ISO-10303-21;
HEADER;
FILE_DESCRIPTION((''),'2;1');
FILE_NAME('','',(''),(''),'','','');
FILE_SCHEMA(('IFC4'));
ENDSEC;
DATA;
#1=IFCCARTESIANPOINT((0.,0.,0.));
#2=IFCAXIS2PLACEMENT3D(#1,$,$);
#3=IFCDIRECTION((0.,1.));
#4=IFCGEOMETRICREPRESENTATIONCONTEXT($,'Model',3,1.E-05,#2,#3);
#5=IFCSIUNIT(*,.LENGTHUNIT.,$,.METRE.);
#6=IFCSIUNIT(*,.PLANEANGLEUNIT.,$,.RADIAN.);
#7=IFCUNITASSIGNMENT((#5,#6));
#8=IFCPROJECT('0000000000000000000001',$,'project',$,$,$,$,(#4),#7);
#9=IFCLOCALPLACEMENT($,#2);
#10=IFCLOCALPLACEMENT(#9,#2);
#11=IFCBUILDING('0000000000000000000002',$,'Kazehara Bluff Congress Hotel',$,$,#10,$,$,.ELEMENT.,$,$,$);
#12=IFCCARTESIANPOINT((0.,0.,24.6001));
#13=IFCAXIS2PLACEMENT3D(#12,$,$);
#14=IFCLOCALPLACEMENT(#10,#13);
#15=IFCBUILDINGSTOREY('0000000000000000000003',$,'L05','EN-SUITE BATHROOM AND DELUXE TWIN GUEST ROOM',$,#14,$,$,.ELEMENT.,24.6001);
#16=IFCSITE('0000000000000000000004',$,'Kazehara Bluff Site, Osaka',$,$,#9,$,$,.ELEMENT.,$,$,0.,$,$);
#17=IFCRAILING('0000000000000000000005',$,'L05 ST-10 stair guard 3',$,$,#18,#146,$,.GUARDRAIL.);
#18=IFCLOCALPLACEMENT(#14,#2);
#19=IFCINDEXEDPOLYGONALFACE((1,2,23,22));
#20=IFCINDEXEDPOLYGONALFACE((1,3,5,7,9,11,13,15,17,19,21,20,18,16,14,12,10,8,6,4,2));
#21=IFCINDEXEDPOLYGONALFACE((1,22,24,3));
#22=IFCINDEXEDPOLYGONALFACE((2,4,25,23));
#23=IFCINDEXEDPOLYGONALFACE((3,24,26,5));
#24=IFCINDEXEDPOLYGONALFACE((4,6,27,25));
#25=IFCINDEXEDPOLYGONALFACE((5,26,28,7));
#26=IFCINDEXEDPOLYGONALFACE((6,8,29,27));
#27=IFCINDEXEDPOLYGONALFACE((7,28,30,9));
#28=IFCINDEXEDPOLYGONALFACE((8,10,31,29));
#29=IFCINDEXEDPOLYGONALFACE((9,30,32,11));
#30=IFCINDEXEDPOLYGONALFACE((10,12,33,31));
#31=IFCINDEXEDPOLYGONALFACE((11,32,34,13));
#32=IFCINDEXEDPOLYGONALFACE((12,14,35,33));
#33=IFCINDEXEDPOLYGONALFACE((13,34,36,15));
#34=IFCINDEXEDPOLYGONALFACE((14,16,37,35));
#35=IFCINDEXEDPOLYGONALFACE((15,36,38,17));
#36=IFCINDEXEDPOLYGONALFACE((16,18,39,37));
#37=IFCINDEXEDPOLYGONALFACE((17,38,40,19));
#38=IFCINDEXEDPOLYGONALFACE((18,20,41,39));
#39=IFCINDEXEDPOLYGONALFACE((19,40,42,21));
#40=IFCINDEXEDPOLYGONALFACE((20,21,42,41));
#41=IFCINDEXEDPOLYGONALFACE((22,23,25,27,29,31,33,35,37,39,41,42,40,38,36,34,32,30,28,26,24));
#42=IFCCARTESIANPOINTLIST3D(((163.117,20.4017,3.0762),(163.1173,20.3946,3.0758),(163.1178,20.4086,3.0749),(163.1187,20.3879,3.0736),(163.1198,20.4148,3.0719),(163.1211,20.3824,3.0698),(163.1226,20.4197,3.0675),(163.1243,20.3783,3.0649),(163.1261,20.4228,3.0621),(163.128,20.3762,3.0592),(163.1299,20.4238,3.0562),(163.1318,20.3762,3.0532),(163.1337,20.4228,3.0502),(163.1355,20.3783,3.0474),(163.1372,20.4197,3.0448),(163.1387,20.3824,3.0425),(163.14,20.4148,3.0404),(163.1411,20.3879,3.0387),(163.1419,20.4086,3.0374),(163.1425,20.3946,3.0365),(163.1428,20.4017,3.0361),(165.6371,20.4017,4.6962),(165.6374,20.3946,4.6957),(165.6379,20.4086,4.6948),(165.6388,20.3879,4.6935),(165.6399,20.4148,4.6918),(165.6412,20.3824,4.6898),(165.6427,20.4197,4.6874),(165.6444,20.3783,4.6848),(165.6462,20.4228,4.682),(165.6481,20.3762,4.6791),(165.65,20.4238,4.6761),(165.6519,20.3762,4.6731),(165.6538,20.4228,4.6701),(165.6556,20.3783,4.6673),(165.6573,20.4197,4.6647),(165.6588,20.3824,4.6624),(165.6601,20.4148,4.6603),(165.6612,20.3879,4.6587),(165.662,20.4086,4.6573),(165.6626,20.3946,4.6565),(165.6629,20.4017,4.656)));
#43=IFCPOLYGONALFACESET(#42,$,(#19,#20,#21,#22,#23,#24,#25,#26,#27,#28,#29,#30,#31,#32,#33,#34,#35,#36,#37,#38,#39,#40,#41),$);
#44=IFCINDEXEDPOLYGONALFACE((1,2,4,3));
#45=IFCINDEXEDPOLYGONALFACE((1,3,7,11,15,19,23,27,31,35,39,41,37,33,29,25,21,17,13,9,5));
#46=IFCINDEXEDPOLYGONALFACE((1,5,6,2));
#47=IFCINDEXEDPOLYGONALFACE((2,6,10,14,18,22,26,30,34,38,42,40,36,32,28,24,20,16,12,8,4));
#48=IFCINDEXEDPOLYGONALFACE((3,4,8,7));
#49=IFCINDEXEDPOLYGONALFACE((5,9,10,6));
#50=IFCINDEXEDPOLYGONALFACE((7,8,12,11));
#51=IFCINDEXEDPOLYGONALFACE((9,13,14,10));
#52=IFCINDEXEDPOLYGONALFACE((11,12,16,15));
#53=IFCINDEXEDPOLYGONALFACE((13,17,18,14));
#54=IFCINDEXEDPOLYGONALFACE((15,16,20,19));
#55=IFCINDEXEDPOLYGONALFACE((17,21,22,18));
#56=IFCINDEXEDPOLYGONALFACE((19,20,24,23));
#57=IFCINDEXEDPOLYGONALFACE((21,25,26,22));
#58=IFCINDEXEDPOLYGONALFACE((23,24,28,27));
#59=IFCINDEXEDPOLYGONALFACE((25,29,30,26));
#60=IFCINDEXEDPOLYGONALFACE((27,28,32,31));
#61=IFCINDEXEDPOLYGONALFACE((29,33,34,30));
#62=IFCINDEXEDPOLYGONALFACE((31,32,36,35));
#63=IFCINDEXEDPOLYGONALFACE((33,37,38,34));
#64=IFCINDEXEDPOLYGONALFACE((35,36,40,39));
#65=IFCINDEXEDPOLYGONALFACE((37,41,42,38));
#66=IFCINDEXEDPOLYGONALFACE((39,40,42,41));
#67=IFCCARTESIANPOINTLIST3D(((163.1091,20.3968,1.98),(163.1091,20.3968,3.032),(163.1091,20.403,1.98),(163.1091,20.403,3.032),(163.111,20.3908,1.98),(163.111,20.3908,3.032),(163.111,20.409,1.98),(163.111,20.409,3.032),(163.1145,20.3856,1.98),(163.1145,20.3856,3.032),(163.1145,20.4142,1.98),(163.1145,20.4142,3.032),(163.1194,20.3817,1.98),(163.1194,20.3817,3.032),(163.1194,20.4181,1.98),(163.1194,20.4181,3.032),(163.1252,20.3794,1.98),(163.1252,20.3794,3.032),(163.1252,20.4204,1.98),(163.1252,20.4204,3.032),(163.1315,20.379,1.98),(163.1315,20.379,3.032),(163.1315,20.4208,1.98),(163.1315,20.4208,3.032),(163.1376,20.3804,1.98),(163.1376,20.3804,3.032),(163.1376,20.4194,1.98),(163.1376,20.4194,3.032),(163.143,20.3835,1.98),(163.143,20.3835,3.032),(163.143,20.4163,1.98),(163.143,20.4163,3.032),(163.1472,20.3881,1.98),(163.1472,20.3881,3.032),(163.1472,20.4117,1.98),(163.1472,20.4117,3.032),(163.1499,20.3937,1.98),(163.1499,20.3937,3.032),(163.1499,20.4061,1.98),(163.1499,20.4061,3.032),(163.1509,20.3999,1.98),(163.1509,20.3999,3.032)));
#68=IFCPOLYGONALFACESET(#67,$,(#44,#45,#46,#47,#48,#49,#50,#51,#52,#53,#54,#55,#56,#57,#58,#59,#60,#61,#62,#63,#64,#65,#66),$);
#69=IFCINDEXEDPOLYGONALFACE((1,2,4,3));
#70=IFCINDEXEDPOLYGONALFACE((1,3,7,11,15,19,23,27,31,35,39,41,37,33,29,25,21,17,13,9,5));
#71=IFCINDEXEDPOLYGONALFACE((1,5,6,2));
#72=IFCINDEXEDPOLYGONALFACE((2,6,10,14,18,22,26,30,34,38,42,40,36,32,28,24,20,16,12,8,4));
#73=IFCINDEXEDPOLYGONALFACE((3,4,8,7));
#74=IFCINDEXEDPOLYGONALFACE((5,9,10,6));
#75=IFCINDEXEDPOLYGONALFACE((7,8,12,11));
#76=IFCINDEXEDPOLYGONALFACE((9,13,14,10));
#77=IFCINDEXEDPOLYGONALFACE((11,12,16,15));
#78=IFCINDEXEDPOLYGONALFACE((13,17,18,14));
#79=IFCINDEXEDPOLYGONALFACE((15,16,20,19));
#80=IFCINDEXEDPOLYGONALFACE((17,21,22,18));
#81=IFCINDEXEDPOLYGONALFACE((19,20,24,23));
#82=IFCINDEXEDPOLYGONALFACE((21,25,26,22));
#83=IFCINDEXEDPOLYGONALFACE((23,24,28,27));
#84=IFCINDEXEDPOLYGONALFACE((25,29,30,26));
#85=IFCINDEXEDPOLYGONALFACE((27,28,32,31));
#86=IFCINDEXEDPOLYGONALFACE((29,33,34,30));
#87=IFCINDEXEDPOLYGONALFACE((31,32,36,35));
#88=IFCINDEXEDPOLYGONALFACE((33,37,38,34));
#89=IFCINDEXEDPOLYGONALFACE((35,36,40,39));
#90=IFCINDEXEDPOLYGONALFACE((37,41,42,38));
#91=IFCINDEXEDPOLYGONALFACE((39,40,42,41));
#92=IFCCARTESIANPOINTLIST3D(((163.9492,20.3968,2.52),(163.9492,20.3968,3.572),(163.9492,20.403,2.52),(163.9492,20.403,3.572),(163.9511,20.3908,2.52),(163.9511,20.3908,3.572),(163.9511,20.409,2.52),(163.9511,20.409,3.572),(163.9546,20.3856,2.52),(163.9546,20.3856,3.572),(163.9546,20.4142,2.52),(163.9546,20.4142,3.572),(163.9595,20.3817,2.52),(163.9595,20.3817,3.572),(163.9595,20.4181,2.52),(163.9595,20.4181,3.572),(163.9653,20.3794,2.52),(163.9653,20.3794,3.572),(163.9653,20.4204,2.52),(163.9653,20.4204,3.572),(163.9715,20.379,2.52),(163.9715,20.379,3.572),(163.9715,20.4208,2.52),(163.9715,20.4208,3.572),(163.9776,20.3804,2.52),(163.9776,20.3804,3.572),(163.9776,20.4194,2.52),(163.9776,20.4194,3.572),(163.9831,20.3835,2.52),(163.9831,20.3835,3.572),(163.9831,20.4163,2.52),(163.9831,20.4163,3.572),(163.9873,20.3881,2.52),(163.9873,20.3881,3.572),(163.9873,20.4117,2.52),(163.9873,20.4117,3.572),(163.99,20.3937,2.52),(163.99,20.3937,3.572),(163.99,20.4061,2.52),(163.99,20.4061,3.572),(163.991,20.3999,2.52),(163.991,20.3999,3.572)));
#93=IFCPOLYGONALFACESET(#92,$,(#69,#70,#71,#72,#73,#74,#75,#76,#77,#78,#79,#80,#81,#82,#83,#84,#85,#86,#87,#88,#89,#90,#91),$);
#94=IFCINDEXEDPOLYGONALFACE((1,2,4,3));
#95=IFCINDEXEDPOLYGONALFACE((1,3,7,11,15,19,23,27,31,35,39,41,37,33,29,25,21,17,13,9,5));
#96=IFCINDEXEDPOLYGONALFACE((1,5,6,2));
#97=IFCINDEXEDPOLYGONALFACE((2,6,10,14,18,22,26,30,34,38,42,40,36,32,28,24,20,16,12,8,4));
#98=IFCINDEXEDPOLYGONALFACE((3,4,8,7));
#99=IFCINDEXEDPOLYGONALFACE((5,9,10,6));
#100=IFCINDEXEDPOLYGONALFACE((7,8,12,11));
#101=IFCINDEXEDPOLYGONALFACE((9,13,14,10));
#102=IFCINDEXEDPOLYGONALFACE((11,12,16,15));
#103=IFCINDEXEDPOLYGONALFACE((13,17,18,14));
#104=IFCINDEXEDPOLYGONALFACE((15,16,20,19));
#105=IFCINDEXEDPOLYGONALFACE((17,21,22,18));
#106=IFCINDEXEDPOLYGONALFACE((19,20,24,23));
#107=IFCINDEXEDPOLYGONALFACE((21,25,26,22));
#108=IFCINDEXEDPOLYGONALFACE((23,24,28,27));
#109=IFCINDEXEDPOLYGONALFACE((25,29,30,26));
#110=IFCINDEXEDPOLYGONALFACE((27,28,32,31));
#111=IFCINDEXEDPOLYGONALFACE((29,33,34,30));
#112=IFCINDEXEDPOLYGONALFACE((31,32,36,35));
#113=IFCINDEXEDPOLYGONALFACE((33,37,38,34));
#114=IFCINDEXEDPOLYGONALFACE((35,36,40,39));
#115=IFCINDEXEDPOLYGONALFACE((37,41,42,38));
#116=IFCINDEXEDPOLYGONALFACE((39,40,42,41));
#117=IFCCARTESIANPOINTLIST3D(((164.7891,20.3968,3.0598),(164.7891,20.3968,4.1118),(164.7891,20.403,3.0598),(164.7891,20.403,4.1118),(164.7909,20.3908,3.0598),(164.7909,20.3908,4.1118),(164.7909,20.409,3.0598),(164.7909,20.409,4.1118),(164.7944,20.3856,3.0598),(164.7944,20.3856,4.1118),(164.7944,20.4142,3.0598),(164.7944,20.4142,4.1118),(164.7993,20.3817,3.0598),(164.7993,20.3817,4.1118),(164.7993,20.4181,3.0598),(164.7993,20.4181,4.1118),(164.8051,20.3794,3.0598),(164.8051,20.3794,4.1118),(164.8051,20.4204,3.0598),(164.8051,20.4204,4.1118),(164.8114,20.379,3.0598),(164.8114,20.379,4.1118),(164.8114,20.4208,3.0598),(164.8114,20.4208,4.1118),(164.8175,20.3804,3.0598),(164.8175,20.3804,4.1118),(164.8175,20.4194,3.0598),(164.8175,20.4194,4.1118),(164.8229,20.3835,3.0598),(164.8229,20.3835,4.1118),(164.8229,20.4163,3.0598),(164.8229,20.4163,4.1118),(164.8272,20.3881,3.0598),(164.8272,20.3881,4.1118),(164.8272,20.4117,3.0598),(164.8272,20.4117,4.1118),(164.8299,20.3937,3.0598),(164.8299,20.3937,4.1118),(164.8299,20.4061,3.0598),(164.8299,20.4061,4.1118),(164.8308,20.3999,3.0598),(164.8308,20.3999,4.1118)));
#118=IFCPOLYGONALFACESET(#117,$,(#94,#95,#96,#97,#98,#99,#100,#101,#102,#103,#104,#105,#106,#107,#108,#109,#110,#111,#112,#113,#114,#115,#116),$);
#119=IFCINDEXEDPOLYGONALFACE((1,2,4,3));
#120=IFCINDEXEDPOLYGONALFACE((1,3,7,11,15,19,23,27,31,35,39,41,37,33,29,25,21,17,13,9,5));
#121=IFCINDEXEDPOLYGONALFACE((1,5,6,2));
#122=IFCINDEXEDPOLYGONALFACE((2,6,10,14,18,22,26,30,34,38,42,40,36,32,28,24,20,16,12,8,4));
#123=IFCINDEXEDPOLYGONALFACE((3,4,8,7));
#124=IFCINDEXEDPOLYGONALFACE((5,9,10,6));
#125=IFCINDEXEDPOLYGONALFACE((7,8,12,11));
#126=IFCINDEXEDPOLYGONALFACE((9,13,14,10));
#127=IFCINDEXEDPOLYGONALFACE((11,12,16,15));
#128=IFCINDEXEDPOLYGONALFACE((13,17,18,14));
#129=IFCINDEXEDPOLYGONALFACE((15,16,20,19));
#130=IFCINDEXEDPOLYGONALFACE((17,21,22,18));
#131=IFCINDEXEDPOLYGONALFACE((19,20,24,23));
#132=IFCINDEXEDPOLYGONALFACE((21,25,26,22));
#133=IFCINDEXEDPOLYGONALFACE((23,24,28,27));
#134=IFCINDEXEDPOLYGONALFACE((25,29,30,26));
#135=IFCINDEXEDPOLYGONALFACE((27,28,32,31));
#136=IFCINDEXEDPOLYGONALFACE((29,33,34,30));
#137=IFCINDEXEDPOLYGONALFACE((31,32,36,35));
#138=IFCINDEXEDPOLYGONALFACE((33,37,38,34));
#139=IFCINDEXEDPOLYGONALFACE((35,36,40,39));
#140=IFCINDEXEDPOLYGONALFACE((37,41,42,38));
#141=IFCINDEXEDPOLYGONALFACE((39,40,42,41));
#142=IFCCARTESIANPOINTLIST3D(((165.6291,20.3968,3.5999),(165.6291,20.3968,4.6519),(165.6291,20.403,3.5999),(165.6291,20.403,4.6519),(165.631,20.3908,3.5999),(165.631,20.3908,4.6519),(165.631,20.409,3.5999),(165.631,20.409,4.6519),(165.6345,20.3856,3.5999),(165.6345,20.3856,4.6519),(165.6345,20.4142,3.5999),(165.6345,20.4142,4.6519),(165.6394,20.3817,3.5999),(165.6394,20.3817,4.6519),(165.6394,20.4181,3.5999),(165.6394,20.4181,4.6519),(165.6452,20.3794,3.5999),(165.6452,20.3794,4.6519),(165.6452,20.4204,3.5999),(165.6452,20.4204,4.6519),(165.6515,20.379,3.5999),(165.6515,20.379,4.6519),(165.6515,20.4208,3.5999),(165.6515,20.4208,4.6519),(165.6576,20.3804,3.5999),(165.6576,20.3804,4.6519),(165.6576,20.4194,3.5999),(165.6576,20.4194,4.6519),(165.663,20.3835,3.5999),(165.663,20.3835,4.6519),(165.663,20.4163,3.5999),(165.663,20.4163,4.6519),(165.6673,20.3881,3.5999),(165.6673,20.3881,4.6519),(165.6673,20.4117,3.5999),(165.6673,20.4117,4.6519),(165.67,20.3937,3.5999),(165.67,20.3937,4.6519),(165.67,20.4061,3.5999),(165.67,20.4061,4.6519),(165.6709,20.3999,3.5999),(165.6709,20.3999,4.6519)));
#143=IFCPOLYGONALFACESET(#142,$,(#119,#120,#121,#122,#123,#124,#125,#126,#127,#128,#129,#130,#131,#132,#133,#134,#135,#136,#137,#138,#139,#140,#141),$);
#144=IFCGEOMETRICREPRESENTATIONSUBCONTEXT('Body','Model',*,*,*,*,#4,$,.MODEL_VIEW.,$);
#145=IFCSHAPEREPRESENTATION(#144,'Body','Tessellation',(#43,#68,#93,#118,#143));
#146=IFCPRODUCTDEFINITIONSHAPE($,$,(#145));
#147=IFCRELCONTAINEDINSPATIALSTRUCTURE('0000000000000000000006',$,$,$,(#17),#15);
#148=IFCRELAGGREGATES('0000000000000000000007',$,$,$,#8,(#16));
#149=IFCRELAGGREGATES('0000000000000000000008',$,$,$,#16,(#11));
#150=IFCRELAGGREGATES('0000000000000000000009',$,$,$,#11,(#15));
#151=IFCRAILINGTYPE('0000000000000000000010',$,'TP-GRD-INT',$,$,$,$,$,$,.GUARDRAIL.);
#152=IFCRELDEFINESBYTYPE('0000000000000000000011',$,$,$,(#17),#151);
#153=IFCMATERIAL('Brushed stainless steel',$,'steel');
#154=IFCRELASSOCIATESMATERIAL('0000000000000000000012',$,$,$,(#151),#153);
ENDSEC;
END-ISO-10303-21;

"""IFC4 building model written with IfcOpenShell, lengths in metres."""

from ifc_helpers import new_model, si_unit, direction, frame, origin, origin_2d, place, context, subcontext, project, spatial, circle, extrude, material, type_object, element, save


model = new_model("IFC4")

# Units and contexts
model_context = context("Model", 3, precision=1e-05, world=origin(), true_north=direction((0.0, 1.0)))
body_context = subcontext(model_context, "Body", "Model", "MODEL_VIEW")
ifc_project = project(units=[si_unit("LENGTHUNIT", "METRE"), si_unit("PLANEANGLEUNIT", "RADIAN")], contexts=[model_context])

# Site, building, storey
site_placement = place(None, origin())
site = spatial("IfcSite", under=ifc_project, at=site_placement, Name="Kazehara Bluff Site, Osaka", CompositionType="ELEMENT", RefElevation=0.0)
building_placement = place(site_placement, origin())
building = spatial("IfcBuilding", under=site, at=building_placement, Name="Kazehara Bluff Congress Hotel", CompositionType="ELEMENT")
storey_placement = place(building_placement, frame((0.0, 0.0, 24.6001)))
storey = spatial("IfcBuildingStorey", under=building, at=storey_placement, Name="L05", Description="EN-SUITE BATHROOM AND DELUXE TWIN GUEST ROOM", CompositionType="ELEMENT", Elevation=24.6001)

# Railing
ifc_material_1 = material(Name="Brushed stainless steel", Category="steel")
railing_type_1 = type_object("IfcRailingType", Name="TP-GRD-INT", PredefinedType="GUARDRAIL", material=ifc_material_1)
railing_1_placement = place(storey_placement, frame((163.1299, 20.3999, 1.98)))
element("IfcRailing", 1, at=railing_1_placement, inside=storey, type_object=railing_type_1, Name="L05 ST-10 stair guard 3", PredefinedType="GUARDRAIL", context=body_context, shape_type="SweptSolid", body=[
    extrude(circle(Radius=0.0239, at=origin_2d()), frame((0.0, 0.0, 1.0762), z_axis=(0.8412, 0.0, 0.540725), x_axis=(0.0, 1.0, 0.0)), (0.0, 0.0, 1.0), 2.9958),
    extrude(circle(Radius=0.021, at=origin_2d()), origin(), (0.0, 0.0, 1.0), 1.052),
    extrude(circle(Radius=0.021, at=origin_2d()), frame((0.8401, 0.0, 0.54)), (0.0, 0.0, 1.0), 1.052),
    extrude(circle(Radius=0.021, at=origin_2d()), frame((1.6799, 0.0, 1.0798)), (0.0, 0.0, 1.0), 1.052),
    extrude(circle(Radius=0.021, at=origin_2d()), frame((2.52, 0.0, 1.6199)), (0.0, 0.0, 1.0), 1.052),
])

save(model, "model.ifc")
